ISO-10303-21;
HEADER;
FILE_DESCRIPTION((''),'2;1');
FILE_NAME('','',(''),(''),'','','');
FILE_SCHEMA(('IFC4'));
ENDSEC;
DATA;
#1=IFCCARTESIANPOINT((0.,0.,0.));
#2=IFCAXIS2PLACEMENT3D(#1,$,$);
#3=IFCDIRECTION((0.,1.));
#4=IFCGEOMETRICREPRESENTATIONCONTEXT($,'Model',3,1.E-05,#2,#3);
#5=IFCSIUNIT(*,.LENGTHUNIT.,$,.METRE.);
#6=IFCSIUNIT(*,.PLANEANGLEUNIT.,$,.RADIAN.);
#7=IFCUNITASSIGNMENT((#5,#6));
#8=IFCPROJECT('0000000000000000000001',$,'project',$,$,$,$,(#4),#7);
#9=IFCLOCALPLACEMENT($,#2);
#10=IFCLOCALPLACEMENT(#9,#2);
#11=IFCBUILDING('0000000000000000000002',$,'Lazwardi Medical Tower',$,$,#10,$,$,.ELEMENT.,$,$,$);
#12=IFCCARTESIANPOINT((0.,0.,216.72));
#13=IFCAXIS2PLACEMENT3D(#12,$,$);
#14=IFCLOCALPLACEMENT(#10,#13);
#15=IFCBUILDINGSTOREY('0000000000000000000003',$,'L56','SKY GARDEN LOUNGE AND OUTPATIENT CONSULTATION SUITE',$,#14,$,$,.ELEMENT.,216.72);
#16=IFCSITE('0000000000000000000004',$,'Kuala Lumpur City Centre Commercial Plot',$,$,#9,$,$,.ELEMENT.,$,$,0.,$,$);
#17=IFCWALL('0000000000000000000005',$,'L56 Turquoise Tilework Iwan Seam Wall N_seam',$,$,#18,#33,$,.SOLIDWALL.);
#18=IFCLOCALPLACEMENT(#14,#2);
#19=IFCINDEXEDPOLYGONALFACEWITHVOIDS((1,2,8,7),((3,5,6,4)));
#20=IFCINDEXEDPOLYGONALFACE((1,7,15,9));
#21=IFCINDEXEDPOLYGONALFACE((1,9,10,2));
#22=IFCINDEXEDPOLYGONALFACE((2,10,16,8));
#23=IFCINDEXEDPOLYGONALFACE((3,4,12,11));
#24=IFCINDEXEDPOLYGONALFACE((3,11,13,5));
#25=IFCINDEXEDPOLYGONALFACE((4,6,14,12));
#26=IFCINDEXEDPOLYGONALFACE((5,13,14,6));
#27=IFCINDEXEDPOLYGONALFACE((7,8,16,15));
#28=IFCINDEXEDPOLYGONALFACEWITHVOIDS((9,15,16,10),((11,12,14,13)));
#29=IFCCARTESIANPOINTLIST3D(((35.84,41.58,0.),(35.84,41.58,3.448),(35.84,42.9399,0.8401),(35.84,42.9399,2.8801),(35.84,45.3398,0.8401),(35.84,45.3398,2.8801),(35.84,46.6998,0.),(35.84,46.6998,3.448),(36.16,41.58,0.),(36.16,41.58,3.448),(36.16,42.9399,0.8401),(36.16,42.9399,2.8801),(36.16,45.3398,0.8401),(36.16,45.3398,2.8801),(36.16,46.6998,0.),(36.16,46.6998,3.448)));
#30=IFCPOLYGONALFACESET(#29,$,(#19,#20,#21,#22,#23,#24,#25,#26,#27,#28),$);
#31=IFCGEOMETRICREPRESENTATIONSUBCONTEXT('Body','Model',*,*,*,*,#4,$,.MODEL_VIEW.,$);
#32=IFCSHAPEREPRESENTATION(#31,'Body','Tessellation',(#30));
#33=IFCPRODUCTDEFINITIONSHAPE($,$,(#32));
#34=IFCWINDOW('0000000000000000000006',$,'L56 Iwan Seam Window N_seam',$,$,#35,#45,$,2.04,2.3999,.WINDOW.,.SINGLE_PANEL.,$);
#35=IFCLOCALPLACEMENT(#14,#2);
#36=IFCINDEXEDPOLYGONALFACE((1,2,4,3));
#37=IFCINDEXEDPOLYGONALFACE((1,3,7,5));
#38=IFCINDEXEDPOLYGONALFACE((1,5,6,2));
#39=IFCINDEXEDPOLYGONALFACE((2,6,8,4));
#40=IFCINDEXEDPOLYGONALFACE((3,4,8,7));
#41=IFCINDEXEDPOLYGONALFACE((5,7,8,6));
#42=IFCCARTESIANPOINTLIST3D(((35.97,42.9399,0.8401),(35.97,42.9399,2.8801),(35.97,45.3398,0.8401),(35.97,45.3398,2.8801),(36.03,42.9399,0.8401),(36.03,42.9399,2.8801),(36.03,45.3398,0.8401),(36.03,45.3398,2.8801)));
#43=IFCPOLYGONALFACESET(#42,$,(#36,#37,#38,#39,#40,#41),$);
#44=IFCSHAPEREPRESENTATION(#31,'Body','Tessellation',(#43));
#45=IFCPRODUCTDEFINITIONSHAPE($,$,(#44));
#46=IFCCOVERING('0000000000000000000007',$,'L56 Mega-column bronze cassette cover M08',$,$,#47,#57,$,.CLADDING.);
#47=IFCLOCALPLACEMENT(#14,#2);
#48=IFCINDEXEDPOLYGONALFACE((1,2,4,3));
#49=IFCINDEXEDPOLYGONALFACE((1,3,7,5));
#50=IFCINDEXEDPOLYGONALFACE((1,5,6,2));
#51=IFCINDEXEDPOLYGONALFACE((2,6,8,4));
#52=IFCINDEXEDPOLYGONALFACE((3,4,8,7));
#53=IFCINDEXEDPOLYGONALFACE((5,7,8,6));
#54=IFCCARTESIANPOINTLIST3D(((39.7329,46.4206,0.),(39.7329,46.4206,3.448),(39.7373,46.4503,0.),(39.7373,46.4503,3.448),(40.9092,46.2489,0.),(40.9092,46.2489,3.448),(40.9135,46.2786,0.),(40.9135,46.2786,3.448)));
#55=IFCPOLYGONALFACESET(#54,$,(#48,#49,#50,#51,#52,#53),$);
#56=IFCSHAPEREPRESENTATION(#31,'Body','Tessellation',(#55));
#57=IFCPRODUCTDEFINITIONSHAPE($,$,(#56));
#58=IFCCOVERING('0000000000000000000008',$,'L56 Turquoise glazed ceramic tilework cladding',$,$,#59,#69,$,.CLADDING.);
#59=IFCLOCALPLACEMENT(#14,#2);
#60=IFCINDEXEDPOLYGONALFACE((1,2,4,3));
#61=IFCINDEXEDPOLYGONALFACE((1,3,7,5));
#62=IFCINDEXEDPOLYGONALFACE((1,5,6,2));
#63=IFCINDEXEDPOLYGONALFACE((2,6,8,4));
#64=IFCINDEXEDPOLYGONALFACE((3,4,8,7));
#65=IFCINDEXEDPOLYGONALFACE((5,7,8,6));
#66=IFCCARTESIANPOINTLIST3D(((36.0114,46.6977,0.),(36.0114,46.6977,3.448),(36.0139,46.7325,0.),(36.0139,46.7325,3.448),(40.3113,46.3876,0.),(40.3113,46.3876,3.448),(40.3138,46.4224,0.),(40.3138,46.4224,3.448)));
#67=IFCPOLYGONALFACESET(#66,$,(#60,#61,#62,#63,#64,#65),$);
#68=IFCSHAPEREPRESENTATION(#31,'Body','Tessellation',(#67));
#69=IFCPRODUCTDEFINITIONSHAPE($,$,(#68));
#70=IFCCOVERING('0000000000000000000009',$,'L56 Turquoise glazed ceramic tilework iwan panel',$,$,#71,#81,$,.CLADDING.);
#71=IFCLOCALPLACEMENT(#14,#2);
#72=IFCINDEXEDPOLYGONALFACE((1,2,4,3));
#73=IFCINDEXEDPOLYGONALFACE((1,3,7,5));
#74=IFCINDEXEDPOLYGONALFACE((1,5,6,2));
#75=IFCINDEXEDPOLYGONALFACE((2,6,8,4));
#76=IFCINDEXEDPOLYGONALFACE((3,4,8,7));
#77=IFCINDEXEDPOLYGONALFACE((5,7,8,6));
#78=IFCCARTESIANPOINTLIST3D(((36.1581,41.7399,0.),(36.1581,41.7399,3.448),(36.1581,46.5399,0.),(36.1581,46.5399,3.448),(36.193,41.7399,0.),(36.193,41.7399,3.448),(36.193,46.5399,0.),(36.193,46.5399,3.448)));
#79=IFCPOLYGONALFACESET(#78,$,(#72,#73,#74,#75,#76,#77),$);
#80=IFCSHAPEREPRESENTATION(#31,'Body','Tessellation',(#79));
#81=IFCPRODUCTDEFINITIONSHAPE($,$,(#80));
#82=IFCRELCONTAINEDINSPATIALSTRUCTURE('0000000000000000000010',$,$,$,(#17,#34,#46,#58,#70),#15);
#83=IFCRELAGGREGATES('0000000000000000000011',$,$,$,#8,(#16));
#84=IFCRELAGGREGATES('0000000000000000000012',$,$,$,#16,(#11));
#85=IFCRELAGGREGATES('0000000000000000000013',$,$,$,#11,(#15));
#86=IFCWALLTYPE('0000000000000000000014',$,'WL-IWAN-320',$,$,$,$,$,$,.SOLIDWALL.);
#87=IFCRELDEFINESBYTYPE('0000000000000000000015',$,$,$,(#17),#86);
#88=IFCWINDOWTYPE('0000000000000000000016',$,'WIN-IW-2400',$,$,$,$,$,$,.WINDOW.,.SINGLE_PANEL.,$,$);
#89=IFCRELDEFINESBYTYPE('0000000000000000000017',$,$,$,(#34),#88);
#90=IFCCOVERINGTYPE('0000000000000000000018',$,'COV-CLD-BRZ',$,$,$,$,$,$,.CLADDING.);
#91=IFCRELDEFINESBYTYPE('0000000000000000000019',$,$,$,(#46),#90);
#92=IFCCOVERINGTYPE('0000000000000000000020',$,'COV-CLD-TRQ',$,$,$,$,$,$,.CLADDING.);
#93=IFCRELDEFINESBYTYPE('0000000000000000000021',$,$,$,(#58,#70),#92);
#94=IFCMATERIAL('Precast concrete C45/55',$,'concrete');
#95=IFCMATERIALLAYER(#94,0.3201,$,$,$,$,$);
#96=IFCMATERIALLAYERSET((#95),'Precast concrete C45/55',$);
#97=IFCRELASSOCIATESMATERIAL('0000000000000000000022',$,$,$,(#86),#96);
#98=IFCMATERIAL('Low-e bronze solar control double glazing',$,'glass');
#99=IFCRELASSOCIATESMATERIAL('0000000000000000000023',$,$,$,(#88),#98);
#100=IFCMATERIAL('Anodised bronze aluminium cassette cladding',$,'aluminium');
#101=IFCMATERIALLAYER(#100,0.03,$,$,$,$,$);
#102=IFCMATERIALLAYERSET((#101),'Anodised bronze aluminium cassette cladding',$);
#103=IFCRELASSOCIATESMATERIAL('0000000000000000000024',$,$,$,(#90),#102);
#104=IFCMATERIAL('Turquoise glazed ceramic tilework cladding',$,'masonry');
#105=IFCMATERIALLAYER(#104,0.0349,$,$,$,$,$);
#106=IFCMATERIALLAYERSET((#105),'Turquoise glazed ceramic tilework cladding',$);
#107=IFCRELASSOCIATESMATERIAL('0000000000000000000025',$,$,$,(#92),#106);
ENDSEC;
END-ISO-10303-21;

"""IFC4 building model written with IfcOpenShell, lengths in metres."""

from ifc_helpers import new_model, si_unit, direction, frame, frame_2d, origin, origin_2d, place, context, subcontext, project, spatial, rectangle, extrude, material, layer, layer_set, type_object, element, fill, save


model = new_model("IFC4")

# Units and contexts
model_context = context("Model", 3, precision=1e-05, world=origin(), true_north=direction((0.0, 1.0)))
body_context = subcontext(model_context, "Body", "Model", "MODEL_VIEW")
ifc_project = project(units=[si_unit("LENGTHUNIT", "METRE"), si_unit("PLANEANGLEUNIT", "RADIAN")], contexts=[model_context])

# Site, building, storey
site_placement = place(None, origin())
site = spatial("IfcSite", under=ifc_project, at=site_placement, Name="Kuala Lumpur City Centre Commercial Plot", CompositionType="ELEMENT", RefElevation=0.0)
building_placement = place(site_placement, origin())
building = spatial("IfcBuilding", under=site, at=building_placement, Name="Lazwardi Medical Tower", CompositionType="ELEMENT")
storey_placement = place(building_placement, frame((0.0, 0.0, 216.72)))
storey = spatial("IfcBuildingStorey", under=building, at=storey_placement, Name="L56", Description="SKY GARDEN LOUNGE AND OUTPATIENT CONSULTATION SUITE", CompositionType="ELEMENT", Elevation=216.72)

# Shared definitions
ifc_material_1 = material(Name="Low-e bronze solar control double glazing", Category="glass")

# Wall, opening, window
ifc_material_2 = material(Name="Precast concrete C45/55", Category="concrete")
ifc_layer_1 = layer(ifc_material_2, 0.3201)
ifc_layer_set_1 = layer_set([ifc_layer_1], Name="Precast concrete C45/55")
wall_type = type_object("IfcWallType", Name="WL-IWAN-320", PredefinedType="SOLIDWALL", material=ifc_layer_set_1)
wall_1_placement = place(storey_placement, frame((36.0, 46.7, 0.0), z_axis=(0.0, 0.0, 1.0), x_axis=(0.0, -1.0, 0.0)))
wall_1 = element("IfcWall", 1, at=wall_1_placement, inside=storey, type_object=wall_type, Name="L56 Turquoise Tilework Iwan Seam Wall N_seam", PredefinedType="SOLIDWALL", context=body_context, shape_type="SweptSolid", body=[
    extrude(rectangle(XDim=5.1199, YDim=0.3201, at=frame_2d((2.5601, 0.0))), origin(), (0.0, 0.0, 1.0), 3.448),
])
opening_1_placement = place(wall_1_placement, frame((1.3601, 0.0, 0.8401)))
opening_1 = element("IfcOpeningElement", 2, at=opening_1_placement, cuts=wall_1, PredefinedType="OPENING", context=body_context, shape_type="SweptSolid", body=[
    extrude(rectangle(XDim=2.3999, YDim=2.04, at=frame_2d((1.2, 1.02))), frame((0.0, 0.1699, 0.0), z_axis=(0.0, -1.0, 0.0), x_axis=(1.0, 0.0, 0.0)), (0.0, 0.0, 1.0), 0.3401),
])
window_type_1 = type_object("IfcWindowType", Name="WIN-IW-2400", PartitioningType="SINGLE_PANEL", PredefinedType="WINDOW", material=ifc_material_1)
window_1_placement = place(opening_1_placement, origin())
window_1 = element("IfcWindow", 3, at=window_1_placement, inside=storey, type_object=window_type_1, Name="L56 Iwan Seam Window N_seam", OverallHeight=2.04, OverallWidth=2.3999, PartitioningType="SINGLE_PANEL", PredefinedType="WINDOW", context=body_context, shape_type="SweptSolid", body=[
    extrude(rectangle(XDim=2.3999, YDim=2.04, at=frame_2d((1.2, 1.02))), frame((0.0, 0.03, 0.0), z_axis=(0.0, -1.0, 0.0), x_axis=(1.0, 0.0, 0.0)), (0.0, 0.0, 1.0), 0.0601),
])
fill(opening_1, window_1)

# Coverings
ifc_material_3 = material(Name="Anodised bronze aluminium cassette cladding", Category="aluminium")
ifc_layer_2 = layer(ifc_material_3, 0.03)
ifc_layer_set_2 = layer_set([ifc_layer_2], Name="Anodised bronze aluminium cassette cladding")
covering_type_1 = type_object("IfcCoveringType", Name="COV-CLD-BRZ", PredefinedType="CLADDING", material=ifc_layer_set_2)
covering_1_placement = place(storey_placement, frame((40.3232, 46.3496, 0.0), z_axis=(0.0, 0.0, 1.0), x_axis=(-0.989512, 0.144448, 0.0)))
element("IfcCovering", 4, at=covering_1_placement, inside=storey, type_object=covering_type_1, Name="L56 Mega-column bronze cassette cover M08", PredefinedType="CLADDING", context=body_context, shape_type="SweptSolid", body=[
    extrude(rectangle(XDim=1.1887, YDim=0.03, at=origin_2d()), origin(), (0.0, 0.0, 1.0), 3.448),
])
ifc_material_4 = material(Name="Turquoise glazed ceramic tilework cladding", Category="masonry")
ifc_layer_3 = layer(ifc_material_4, 0.0349)
ifc_layer_set_3 = layer_set([ifc_layer_3], Name="Turquoise glazed ceramic tilework cladding")
covering_type_2 = type_object("IfcCoveringType", Name="COV-CLD-TRQ", PredefinedType="CLADDING", material=ifc_layer_set_3)
covering_2_placement = place(storey_placement, frame((38.1626, 46.5601, 0.0), z_axis=(0.0, 0.0, 1.0), x_axis=(-0.997409, 0.071933, 0.0)))
element("IfcCovering", 5, at=covering_2_placement, inside=storey, type_object=covering_type_2, Name="L56 Turquoise glazed ceramic tilework cladding", PredefinedType="CLADDING", context=body_context, shape_type="SweptSolid", body=[
    extrude(rectangle(XDim=4.311, YDim=0.0349, at=origin_2d()), origin(), (0.0, 0.0, 1.0), 3.448),
])
covering_3_placement = place(storey_placement, frame((36.1755, 44.1399, 0.0), z_axis=(0.0, 0.0, 1.0), x_axis=(0.0, -1.0, 0.0)))
element("IfcCovering", 6, at=covering_3_placement, inside=storey, type_object=covering_type_2, Name="L56 Turquoise glazed ceramic tilework iwan panel", PredefinedType="CLADDING", context=body_context, shape_type="SweptSolid", body=[
    extrude(rectangle(XDim=4.8, YDim=0.0349, at=origin_2d()), origin(), (0.0, 0.0, 1.0), 3.448),
])

save(model, "model.ifc")
